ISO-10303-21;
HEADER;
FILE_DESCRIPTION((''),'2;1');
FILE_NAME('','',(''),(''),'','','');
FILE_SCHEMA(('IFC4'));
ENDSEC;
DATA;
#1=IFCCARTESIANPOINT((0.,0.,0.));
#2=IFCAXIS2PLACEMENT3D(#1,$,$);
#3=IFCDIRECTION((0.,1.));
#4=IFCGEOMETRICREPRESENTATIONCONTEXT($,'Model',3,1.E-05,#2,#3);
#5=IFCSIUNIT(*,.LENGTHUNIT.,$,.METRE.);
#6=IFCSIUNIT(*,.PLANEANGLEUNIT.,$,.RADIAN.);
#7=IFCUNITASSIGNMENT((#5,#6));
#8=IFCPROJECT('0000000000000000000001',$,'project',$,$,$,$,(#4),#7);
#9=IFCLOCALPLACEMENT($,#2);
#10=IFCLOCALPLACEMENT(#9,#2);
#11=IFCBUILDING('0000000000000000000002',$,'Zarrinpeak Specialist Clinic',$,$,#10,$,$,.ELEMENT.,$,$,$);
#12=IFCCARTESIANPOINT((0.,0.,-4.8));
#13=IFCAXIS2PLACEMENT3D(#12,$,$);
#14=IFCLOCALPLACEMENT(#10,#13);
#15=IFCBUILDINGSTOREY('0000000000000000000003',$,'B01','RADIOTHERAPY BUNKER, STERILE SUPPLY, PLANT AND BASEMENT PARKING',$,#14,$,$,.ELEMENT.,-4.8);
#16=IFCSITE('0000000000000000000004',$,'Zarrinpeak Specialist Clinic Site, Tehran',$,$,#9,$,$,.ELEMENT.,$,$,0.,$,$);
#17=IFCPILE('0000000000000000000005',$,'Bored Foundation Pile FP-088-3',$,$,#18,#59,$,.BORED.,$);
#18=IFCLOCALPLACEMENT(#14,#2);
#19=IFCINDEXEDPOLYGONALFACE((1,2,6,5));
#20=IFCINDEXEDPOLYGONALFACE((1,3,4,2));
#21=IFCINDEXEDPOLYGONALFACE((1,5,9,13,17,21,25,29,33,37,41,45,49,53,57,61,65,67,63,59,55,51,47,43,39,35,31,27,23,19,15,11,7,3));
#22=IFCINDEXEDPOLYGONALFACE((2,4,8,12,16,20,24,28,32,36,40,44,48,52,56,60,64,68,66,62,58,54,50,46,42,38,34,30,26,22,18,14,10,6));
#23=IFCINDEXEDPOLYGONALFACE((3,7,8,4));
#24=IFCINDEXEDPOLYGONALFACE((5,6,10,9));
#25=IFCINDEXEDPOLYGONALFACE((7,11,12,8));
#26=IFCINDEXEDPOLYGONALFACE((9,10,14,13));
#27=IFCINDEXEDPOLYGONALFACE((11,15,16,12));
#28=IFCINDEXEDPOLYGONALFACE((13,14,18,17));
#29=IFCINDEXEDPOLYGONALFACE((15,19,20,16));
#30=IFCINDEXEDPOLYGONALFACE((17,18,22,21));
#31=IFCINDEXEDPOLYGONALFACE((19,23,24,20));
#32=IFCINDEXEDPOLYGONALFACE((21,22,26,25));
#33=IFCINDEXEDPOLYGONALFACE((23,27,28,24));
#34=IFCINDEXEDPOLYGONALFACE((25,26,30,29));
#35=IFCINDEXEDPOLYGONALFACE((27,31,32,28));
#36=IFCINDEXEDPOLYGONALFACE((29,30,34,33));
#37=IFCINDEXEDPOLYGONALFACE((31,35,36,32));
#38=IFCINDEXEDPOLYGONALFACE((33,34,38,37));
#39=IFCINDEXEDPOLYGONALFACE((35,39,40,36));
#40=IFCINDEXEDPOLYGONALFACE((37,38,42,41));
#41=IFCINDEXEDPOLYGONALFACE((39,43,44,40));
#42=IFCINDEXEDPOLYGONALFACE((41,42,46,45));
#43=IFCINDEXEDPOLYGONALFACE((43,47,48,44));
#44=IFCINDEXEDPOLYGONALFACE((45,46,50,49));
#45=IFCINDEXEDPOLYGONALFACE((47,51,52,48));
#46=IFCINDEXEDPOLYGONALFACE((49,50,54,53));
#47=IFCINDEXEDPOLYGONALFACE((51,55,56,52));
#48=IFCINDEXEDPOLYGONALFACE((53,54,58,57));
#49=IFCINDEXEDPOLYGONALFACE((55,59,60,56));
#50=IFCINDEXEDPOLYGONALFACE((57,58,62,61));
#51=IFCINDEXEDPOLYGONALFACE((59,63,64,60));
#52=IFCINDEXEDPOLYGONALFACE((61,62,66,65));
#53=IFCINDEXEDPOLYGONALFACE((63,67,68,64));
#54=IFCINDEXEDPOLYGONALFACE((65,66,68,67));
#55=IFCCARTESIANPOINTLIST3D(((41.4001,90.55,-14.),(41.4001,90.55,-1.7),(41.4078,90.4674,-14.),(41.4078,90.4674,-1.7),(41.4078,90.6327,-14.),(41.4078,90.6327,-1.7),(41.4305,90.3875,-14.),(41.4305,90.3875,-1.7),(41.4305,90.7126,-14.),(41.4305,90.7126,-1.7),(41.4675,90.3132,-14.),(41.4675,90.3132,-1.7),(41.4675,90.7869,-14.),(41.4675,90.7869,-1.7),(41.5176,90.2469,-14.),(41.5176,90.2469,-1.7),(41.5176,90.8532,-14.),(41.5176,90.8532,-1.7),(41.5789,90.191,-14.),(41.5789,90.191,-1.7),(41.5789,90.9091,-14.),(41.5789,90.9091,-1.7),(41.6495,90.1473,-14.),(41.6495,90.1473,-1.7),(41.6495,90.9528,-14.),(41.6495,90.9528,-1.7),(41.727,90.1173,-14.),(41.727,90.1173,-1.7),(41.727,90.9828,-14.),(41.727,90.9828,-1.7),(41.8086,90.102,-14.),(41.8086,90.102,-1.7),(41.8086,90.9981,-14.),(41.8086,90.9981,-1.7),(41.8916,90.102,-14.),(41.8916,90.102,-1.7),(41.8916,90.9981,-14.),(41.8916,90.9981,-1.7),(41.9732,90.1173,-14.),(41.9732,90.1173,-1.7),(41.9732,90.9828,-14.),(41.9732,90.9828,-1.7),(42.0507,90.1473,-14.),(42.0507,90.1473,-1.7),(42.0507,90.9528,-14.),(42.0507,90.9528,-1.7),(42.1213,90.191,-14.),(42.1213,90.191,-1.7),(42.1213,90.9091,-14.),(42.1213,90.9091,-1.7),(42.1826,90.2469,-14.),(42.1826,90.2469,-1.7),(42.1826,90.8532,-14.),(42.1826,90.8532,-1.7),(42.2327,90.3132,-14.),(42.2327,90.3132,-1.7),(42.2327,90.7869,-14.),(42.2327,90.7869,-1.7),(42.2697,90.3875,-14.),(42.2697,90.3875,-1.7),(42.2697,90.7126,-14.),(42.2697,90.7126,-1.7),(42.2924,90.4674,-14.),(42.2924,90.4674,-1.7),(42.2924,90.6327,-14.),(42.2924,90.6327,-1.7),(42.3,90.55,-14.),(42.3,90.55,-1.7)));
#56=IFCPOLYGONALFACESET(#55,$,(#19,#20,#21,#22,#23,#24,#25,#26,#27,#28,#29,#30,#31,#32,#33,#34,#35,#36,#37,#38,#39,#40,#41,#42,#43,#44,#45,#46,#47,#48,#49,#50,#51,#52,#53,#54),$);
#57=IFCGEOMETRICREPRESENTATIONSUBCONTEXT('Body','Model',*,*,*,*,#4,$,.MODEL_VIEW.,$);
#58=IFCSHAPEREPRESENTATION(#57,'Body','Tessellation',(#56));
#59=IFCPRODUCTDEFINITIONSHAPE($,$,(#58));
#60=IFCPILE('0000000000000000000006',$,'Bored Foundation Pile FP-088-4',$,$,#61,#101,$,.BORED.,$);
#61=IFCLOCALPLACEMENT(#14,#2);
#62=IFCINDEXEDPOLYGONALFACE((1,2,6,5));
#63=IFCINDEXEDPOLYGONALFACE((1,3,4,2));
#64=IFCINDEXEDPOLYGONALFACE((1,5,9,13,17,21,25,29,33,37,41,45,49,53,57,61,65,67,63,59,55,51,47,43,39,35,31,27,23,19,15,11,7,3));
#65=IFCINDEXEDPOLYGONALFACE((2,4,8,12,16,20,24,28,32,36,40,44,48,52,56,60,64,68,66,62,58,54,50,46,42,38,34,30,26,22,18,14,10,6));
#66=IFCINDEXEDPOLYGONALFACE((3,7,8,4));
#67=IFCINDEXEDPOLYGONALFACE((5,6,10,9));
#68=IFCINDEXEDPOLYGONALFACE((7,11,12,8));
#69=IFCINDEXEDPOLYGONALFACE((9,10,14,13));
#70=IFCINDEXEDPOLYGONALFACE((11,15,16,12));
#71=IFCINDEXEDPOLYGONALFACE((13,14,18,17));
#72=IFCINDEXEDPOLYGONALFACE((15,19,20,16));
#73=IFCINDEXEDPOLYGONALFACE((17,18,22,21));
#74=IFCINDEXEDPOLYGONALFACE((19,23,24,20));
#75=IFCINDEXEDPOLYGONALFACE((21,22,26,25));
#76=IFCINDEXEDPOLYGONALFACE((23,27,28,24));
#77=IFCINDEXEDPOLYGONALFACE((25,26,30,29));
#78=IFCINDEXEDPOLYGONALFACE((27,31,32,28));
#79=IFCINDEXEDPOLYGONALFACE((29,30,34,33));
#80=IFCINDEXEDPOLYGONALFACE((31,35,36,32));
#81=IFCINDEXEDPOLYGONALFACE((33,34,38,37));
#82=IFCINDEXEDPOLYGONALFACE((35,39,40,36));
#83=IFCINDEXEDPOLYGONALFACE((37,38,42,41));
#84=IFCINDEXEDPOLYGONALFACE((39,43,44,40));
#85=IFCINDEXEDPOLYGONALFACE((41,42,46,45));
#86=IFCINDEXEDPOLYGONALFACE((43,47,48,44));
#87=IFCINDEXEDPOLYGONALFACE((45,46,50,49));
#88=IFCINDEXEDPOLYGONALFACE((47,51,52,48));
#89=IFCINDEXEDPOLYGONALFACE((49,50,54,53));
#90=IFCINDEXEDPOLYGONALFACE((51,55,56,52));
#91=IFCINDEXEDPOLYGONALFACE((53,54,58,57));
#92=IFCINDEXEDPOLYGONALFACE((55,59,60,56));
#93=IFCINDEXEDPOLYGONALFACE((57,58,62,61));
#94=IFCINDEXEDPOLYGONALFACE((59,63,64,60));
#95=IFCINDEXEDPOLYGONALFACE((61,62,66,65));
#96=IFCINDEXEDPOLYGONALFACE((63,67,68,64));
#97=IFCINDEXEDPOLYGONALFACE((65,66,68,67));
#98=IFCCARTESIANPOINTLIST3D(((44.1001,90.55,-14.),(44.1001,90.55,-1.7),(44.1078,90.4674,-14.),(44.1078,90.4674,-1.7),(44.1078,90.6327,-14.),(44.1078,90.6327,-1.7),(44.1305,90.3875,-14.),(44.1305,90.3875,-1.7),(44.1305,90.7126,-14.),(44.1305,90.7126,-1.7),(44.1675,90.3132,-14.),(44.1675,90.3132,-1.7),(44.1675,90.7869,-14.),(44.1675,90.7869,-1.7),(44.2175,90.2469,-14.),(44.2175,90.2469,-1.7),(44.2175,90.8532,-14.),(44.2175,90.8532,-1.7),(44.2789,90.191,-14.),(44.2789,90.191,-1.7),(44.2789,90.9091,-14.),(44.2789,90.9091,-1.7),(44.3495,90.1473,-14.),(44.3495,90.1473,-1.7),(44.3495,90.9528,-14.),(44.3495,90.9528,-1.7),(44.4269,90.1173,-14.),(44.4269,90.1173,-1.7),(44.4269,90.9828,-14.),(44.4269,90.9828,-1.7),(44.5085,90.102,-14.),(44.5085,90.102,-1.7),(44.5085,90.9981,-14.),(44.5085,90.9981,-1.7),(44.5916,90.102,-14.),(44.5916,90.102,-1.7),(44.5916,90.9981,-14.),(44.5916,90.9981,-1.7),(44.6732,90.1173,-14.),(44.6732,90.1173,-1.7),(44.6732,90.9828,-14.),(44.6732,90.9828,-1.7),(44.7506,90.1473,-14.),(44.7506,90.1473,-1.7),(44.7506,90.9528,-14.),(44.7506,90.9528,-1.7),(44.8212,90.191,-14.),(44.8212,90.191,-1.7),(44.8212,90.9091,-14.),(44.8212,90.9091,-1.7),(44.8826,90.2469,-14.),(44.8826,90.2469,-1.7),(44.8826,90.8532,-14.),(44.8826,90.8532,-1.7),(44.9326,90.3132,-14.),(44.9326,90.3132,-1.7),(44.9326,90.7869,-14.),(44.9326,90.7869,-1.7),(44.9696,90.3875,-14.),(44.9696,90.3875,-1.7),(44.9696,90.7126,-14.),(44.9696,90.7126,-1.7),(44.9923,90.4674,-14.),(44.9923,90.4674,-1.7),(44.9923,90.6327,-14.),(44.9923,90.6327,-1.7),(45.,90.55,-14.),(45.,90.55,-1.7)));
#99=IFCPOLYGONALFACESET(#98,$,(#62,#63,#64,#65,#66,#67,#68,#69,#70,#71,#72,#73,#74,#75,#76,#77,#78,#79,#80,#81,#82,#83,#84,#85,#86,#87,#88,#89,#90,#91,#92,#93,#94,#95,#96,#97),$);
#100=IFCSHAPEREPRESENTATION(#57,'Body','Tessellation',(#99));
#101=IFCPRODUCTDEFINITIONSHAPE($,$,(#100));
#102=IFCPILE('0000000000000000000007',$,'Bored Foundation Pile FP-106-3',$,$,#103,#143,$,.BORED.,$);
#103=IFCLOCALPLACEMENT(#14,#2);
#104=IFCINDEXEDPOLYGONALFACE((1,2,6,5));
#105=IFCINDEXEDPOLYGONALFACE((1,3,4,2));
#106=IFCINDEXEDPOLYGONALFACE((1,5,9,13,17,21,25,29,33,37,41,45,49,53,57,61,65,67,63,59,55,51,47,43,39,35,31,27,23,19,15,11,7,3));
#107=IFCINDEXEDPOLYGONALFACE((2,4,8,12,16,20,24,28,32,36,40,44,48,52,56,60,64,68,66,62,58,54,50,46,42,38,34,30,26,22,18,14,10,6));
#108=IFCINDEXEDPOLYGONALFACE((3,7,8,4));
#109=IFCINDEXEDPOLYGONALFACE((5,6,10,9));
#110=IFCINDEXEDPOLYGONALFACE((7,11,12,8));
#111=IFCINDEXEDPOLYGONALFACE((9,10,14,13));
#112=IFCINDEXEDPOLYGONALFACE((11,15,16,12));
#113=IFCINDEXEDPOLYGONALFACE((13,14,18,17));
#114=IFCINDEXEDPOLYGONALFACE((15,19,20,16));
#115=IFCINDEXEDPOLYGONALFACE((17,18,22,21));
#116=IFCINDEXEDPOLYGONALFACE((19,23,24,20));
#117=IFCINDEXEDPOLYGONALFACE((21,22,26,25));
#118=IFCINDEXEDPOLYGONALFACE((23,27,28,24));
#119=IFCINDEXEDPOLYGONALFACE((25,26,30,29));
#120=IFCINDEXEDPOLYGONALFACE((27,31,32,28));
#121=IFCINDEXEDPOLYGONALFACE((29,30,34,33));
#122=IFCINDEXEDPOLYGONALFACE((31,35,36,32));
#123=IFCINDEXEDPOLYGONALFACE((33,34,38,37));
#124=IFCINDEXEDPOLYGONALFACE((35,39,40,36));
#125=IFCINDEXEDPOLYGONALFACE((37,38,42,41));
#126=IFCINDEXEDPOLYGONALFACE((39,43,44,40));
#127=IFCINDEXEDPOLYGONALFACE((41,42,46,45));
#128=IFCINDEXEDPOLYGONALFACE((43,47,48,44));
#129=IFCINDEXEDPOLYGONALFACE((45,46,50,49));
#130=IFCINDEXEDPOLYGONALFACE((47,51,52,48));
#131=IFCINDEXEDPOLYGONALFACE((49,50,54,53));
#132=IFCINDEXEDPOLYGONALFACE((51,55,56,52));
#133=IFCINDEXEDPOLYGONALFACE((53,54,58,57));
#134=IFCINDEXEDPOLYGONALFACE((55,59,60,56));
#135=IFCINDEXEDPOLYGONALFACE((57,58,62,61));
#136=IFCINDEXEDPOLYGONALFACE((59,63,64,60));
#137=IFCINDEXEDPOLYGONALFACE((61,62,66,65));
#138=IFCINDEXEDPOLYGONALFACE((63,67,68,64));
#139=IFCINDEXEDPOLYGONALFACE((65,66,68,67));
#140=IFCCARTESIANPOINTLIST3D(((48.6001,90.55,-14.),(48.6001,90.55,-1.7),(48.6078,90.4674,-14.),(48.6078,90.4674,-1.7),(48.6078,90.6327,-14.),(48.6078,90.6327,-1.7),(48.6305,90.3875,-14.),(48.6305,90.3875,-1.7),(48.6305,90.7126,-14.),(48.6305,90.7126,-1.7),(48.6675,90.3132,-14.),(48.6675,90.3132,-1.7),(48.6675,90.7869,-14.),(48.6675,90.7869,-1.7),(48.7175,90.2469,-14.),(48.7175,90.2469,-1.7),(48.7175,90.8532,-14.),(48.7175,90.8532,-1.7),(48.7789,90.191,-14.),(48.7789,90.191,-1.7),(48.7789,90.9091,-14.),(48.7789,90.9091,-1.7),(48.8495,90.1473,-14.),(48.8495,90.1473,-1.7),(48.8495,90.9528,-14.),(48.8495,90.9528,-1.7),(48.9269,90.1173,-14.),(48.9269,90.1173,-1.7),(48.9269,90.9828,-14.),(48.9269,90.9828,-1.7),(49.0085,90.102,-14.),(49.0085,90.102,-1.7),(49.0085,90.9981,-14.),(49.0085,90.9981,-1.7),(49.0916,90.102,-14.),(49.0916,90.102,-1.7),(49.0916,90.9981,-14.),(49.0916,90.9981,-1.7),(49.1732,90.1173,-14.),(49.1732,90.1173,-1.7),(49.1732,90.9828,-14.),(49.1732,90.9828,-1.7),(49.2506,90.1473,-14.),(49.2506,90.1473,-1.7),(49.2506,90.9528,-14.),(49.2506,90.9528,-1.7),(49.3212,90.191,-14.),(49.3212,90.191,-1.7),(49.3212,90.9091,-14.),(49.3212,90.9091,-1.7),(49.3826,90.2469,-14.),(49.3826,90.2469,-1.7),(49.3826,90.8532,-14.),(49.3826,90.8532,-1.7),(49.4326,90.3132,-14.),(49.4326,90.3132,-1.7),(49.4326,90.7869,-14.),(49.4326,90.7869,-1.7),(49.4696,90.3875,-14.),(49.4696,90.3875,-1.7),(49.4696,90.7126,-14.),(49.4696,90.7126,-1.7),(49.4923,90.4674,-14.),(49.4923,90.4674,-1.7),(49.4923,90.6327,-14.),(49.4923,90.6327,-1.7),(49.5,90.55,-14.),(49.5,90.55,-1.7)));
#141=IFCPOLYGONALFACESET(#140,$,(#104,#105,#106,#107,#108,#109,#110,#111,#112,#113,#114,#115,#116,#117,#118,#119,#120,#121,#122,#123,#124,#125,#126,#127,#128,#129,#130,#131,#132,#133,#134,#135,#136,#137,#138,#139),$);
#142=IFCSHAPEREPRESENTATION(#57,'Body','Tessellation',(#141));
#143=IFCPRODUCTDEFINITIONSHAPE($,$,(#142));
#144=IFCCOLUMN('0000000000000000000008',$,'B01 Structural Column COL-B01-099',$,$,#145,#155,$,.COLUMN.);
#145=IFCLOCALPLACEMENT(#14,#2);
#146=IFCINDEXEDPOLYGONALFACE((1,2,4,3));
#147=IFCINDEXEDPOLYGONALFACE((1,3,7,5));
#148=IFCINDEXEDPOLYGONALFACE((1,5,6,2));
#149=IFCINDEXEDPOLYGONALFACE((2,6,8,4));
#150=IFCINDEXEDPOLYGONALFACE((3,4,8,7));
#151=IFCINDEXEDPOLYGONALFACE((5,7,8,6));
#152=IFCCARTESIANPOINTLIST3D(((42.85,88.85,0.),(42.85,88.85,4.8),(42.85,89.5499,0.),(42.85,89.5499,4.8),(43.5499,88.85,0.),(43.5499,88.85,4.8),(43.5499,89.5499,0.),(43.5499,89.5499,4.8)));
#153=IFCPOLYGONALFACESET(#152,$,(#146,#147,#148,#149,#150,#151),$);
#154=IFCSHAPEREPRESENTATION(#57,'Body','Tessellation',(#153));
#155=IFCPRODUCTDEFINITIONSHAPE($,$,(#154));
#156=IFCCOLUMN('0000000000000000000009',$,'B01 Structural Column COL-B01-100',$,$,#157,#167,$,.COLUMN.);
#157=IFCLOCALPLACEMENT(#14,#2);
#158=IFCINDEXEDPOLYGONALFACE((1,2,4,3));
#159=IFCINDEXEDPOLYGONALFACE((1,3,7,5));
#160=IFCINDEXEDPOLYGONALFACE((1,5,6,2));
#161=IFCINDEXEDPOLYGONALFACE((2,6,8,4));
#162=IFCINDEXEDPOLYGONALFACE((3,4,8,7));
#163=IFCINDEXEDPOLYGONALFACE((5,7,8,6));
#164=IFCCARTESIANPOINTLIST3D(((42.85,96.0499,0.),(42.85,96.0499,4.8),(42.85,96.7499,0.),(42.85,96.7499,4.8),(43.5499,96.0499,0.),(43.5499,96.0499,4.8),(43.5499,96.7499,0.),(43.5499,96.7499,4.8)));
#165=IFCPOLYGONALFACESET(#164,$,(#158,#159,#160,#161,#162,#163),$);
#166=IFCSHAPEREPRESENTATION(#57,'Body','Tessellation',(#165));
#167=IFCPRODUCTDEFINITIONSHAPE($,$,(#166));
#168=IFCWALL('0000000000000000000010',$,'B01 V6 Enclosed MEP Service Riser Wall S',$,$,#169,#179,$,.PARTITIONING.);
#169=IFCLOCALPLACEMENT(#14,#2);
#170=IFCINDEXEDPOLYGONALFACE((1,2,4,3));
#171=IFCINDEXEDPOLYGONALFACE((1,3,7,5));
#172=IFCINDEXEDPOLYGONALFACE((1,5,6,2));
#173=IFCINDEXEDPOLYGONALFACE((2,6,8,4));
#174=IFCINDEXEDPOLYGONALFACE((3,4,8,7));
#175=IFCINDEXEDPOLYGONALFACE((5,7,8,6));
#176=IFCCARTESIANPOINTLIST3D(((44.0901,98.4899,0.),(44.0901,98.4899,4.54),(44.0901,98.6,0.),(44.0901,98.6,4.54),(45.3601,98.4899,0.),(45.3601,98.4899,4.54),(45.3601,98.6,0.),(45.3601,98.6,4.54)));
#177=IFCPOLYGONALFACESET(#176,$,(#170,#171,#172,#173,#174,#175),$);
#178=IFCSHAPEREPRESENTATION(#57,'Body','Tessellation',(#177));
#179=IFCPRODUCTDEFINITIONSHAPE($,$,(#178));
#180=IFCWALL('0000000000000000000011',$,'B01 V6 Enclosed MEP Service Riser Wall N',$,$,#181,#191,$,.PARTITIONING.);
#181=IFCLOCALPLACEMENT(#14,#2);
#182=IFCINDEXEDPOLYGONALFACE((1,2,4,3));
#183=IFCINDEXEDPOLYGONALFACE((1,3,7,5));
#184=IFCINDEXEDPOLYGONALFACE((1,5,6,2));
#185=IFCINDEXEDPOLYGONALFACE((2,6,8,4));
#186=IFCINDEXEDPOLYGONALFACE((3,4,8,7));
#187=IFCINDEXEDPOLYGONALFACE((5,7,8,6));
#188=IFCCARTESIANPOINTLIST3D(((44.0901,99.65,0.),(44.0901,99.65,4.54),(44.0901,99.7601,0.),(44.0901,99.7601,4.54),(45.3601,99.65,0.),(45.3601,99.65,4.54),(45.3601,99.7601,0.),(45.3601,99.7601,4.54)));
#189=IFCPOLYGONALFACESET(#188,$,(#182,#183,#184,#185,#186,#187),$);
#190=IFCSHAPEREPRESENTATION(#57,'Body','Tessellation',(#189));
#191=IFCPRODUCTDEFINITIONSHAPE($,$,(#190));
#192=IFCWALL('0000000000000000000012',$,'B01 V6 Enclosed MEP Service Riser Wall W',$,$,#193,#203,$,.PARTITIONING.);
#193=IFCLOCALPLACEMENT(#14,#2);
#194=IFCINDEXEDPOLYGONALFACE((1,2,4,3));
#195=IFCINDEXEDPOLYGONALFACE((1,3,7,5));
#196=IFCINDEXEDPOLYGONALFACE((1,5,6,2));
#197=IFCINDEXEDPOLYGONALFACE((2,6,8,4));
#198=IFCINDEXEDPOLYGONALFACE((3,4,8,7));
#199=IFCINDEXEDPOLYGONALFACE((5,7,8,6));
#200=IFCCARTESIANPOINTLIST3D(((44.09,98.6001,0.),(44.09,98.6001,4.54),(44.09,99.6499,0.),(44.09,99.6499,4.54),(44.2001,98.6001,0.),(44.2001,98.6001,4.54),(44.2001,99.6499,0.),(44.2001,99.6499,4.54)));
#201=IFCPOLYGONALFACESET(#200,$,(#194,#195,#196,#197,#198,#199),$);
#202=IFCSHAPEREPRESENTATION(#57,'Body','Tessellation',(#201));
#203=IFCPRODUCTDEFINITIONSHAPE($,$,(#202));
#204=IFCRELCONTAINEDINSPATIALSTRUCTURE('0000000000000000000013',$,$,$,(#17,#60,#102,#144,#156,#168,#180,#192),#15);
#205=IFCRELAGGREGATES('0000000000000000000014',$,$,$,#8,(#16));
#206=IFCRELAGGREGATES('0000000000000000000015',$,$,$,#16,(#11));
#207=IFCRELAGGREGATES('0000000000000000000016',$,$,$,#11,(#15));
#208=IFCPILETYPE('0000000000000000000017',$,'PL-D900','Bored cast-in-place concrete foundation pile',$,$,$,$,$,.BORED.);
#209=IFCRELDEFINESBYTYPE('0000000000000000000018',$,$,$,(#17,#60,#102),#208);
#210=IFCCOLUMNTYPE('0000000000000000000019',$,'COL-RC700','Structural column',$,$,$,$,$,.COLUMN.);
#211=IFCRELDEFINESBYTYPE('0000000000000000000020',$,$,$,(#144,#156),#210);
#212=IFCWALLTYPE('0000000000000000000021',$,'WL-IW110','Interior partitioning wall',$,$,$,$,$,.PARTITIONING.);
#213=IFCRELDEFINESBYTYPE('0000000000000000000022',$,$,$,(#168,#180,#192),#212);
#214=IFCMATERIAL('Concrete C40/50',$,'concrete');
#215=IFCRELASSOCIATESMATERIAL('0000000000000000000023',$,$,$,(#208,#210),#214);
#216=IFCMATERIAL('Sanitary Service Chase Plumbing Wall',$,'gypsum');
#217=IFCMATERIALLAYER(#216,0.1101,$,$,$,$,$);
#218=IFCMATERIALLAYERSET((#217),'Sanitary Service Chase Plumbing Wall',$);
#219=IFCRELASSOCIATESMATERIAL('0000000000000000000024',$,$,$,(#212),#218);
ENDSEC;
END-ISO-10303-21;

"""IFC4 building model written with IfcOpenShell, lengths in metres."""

from ifc_helpers import new_model, si_unit, direction, frame, frame_2d, origin, origin_2d, place, context, subcontext, project, spatial, rectangle, circle, extrude, material, layer, layer_set, material_profile, profile_set, type_object, element, save


model = new_model("IFC4")

# Units and contexts
model_context = context("Model", 3, precision=1e-05, world=origin(), true_north=direction((0.0, 1.0)))
body_context = subcontext(model_context, "Body", "Model", "MODEL_VIEW")
ifc_project = project(units=[si_unit("LENGTHUNIT", "METRE"), si_unit("PLANEANGLEUNIT", "RADIAN")], contexts=[model_context])

# Site, building, storey
site_placement = place(None, origin())
site = spatial("IfcSite", under=ifc_project, at=site_placement, Name="Zarrinpeak Specialist Clinic Site, Tehran", CompositionType="ELEMENT", RefElevation=0.0)
building_placement = place(site_placement, origin())
building = spatial("IfcBuilding", under=site, at=building_placement, Name="Zarrinpeak Specialist Clinic", CompositionType="ELEMENT")
storey_placement = place(building_placement, frame((0.0, 0.0, -4.8)))
storey = spatial("IfcBuildingStorey", under=building, at=storey_placement, Name="B01", Description="RADIOTHERAPY BUNKER, STERILE SUPPLY, PLANT AND BASEMENT PARKING", CompositionType="ELEMENT", Elevation=-4.8)

# Shared definitions
ifc_material_1 = material(Name="Concrete C40/50", Category="concrete")

# Piles
ifc_material_profile_1 = material_profile(ifc_material_1, circle(Radius=0.45, at=origin_2d()), Name="BORED PILE D900")
ifc_profile_set_1 = profile_set([ifc_material_profile_1], Name="Concrete C40/50")
pile_type_1 = type_object("IfcPileType", Name="PL-D900", Description="Bored cast-in-place concrete foundation pile", PredefinedType="BORED", material=ifc_profile_set_1)
for number, where, z_axis, x_axis, name in (
    (1, (41.8501, 90.55, -1.7), (0.0, 0.0, -1.0), (1.0, 0.0, 0.0), "Bored Foundation Pile FP-088-3"),
    (2, (44.55, 90.55, -1.7), (0.0, 0.0, -1.0), (1.0, 0.0, 0.0), "Bored Foundation Pile FP-088-4"),
    (3, (49.05, 90.55, -1.7), (0.0, 0.0, -1.0), (1.0, 0.0, 0.0), "Bored Foundation Pile FP-106-3"),
):
    element("IfcPile", number, at=place(storey_placement, frame(where, z_axis=z_axis, x_axis=x_axis)), inside=storey, type_object=pile_type_1, Name=name, PredefinedType="BORED", context=body_context, shape_type="SweptSolid", body=[
        extrude(circle(Radius=0.45, at=origin_2d()), origin(), (0.0, 0.0, 1.0), 12.3),
    ])

# Columns
ifc_material_profile_2 = material_profile(ifc_material_1, rectangle(XDim=0.7, YDim=0.7, at=origin_2d()), Name="RC 700x700")
ifc_profile_set_2 = profile_set([ifc_material_profile_2], Name="Concrete C40/50")
column_type = type_object("IfcColumnType", Name="COL-RC700", Description="Structural column", PredefinedType="COLUMN", material=ifc_profile_set_2)
for number, where, z_axis, x_axis, name in (
    (4, (43.2, 89.2, 0.0), (0.0, 0.0, 1.0), (1.0, 0.0, 0.0), "B01 Structural Column COL-B01-099"),
    (5, (43.2, 96.3999, 0.0), (0.0, 0.0, 1.0), (1.0, 0.0, 0.0), "B01 Structural Column COL-B01-100"),
):
    element("IfcColumn", number, at=place(storey_placement, frame(where, z_axis=z_axis, x_axis=x_axis)), inside=storey, type_object=column_type, Name=name, PredefinedType="COLUMN", context=body_context, shape_type="SweptSolid", body=[
        extrude(rectangle(XDim=0.7, YDim=0.7, at=origin_2d()), origin(), (0.0, 0.0, 1.0), 4.8),
    ])

# Walls
ifc_material_2 = material(Name="Sanitary Service Chase Plumbing Wall", Category="gypsum")
ifc_layer_1 = layer(ifc_material_2, 0.1101)
ifc_layer_set_1 = layer_set([ifc_layer_1], Name="Sanitary Service Chase Plumbing Wall")
wall_type_1 = type_object("IfcWallType", Name="WL-IW110", Description="Interior partitioning wall", PredefinedType="PARTITIONING", material=ifc_layer_set_1)
for number, where, z_axis, x_axis, name in (
    (6, (44.0901, 98.5449, 0.0), (0.0, 0.0, 1.0), (1.0, 0.0, 0.0), "B01 V6 Enclosed MEP Service Riser Wall S"),
    (7, (44.0901, 99.7051, 0.0), (0.0, 0.0, 1.0), (1.0, 0.0, 0.0), "B01 V6 Enclosed MEP Service Riser Wall N"),
):
    element("IfcWall", number, at=place(storey_placement, frame(where, z_axis=z_axis, x_axis=x_axis)), inside=storey, type_object=wall_type_1, Name=name, PredefinedType="PARTITIONING", context=body_context, shape_type="SweptSolid", body=[
        extrude(rectangle(XDim=1.27, YDim=0.1101, at=frame_2d((0.635, 0.0))), origin(), (0.0, 0.0, 1.0), 4.54),
    ])
for number, where, z_axis, x_axis, name in (
    (8, (44.145, 98.6001, 0.0), (0.0, 0.0, 1.0), (0.0, 1.0, 0.0), "B01 V6 Enclosed MEP Service Riser Wall W"),
):
    element("IfcWall", number, at=place(storey_placement, frame(where, z_axis=z_axis, x_axis=x_axis)), inside=storey, type_object=wall_type_1, Name=name, PredefinedType="PARTITIONING", context=body_context, shape_type="SweptSolid", body=[
        extrude(rectangle(XDim=1.0498, YDim=0.1101, at=frame_2d((0.5249, 0.0))), origin(), (0.0, 0.0, 1.0), 4.54),
    ])

save(model, "model.ifc")
